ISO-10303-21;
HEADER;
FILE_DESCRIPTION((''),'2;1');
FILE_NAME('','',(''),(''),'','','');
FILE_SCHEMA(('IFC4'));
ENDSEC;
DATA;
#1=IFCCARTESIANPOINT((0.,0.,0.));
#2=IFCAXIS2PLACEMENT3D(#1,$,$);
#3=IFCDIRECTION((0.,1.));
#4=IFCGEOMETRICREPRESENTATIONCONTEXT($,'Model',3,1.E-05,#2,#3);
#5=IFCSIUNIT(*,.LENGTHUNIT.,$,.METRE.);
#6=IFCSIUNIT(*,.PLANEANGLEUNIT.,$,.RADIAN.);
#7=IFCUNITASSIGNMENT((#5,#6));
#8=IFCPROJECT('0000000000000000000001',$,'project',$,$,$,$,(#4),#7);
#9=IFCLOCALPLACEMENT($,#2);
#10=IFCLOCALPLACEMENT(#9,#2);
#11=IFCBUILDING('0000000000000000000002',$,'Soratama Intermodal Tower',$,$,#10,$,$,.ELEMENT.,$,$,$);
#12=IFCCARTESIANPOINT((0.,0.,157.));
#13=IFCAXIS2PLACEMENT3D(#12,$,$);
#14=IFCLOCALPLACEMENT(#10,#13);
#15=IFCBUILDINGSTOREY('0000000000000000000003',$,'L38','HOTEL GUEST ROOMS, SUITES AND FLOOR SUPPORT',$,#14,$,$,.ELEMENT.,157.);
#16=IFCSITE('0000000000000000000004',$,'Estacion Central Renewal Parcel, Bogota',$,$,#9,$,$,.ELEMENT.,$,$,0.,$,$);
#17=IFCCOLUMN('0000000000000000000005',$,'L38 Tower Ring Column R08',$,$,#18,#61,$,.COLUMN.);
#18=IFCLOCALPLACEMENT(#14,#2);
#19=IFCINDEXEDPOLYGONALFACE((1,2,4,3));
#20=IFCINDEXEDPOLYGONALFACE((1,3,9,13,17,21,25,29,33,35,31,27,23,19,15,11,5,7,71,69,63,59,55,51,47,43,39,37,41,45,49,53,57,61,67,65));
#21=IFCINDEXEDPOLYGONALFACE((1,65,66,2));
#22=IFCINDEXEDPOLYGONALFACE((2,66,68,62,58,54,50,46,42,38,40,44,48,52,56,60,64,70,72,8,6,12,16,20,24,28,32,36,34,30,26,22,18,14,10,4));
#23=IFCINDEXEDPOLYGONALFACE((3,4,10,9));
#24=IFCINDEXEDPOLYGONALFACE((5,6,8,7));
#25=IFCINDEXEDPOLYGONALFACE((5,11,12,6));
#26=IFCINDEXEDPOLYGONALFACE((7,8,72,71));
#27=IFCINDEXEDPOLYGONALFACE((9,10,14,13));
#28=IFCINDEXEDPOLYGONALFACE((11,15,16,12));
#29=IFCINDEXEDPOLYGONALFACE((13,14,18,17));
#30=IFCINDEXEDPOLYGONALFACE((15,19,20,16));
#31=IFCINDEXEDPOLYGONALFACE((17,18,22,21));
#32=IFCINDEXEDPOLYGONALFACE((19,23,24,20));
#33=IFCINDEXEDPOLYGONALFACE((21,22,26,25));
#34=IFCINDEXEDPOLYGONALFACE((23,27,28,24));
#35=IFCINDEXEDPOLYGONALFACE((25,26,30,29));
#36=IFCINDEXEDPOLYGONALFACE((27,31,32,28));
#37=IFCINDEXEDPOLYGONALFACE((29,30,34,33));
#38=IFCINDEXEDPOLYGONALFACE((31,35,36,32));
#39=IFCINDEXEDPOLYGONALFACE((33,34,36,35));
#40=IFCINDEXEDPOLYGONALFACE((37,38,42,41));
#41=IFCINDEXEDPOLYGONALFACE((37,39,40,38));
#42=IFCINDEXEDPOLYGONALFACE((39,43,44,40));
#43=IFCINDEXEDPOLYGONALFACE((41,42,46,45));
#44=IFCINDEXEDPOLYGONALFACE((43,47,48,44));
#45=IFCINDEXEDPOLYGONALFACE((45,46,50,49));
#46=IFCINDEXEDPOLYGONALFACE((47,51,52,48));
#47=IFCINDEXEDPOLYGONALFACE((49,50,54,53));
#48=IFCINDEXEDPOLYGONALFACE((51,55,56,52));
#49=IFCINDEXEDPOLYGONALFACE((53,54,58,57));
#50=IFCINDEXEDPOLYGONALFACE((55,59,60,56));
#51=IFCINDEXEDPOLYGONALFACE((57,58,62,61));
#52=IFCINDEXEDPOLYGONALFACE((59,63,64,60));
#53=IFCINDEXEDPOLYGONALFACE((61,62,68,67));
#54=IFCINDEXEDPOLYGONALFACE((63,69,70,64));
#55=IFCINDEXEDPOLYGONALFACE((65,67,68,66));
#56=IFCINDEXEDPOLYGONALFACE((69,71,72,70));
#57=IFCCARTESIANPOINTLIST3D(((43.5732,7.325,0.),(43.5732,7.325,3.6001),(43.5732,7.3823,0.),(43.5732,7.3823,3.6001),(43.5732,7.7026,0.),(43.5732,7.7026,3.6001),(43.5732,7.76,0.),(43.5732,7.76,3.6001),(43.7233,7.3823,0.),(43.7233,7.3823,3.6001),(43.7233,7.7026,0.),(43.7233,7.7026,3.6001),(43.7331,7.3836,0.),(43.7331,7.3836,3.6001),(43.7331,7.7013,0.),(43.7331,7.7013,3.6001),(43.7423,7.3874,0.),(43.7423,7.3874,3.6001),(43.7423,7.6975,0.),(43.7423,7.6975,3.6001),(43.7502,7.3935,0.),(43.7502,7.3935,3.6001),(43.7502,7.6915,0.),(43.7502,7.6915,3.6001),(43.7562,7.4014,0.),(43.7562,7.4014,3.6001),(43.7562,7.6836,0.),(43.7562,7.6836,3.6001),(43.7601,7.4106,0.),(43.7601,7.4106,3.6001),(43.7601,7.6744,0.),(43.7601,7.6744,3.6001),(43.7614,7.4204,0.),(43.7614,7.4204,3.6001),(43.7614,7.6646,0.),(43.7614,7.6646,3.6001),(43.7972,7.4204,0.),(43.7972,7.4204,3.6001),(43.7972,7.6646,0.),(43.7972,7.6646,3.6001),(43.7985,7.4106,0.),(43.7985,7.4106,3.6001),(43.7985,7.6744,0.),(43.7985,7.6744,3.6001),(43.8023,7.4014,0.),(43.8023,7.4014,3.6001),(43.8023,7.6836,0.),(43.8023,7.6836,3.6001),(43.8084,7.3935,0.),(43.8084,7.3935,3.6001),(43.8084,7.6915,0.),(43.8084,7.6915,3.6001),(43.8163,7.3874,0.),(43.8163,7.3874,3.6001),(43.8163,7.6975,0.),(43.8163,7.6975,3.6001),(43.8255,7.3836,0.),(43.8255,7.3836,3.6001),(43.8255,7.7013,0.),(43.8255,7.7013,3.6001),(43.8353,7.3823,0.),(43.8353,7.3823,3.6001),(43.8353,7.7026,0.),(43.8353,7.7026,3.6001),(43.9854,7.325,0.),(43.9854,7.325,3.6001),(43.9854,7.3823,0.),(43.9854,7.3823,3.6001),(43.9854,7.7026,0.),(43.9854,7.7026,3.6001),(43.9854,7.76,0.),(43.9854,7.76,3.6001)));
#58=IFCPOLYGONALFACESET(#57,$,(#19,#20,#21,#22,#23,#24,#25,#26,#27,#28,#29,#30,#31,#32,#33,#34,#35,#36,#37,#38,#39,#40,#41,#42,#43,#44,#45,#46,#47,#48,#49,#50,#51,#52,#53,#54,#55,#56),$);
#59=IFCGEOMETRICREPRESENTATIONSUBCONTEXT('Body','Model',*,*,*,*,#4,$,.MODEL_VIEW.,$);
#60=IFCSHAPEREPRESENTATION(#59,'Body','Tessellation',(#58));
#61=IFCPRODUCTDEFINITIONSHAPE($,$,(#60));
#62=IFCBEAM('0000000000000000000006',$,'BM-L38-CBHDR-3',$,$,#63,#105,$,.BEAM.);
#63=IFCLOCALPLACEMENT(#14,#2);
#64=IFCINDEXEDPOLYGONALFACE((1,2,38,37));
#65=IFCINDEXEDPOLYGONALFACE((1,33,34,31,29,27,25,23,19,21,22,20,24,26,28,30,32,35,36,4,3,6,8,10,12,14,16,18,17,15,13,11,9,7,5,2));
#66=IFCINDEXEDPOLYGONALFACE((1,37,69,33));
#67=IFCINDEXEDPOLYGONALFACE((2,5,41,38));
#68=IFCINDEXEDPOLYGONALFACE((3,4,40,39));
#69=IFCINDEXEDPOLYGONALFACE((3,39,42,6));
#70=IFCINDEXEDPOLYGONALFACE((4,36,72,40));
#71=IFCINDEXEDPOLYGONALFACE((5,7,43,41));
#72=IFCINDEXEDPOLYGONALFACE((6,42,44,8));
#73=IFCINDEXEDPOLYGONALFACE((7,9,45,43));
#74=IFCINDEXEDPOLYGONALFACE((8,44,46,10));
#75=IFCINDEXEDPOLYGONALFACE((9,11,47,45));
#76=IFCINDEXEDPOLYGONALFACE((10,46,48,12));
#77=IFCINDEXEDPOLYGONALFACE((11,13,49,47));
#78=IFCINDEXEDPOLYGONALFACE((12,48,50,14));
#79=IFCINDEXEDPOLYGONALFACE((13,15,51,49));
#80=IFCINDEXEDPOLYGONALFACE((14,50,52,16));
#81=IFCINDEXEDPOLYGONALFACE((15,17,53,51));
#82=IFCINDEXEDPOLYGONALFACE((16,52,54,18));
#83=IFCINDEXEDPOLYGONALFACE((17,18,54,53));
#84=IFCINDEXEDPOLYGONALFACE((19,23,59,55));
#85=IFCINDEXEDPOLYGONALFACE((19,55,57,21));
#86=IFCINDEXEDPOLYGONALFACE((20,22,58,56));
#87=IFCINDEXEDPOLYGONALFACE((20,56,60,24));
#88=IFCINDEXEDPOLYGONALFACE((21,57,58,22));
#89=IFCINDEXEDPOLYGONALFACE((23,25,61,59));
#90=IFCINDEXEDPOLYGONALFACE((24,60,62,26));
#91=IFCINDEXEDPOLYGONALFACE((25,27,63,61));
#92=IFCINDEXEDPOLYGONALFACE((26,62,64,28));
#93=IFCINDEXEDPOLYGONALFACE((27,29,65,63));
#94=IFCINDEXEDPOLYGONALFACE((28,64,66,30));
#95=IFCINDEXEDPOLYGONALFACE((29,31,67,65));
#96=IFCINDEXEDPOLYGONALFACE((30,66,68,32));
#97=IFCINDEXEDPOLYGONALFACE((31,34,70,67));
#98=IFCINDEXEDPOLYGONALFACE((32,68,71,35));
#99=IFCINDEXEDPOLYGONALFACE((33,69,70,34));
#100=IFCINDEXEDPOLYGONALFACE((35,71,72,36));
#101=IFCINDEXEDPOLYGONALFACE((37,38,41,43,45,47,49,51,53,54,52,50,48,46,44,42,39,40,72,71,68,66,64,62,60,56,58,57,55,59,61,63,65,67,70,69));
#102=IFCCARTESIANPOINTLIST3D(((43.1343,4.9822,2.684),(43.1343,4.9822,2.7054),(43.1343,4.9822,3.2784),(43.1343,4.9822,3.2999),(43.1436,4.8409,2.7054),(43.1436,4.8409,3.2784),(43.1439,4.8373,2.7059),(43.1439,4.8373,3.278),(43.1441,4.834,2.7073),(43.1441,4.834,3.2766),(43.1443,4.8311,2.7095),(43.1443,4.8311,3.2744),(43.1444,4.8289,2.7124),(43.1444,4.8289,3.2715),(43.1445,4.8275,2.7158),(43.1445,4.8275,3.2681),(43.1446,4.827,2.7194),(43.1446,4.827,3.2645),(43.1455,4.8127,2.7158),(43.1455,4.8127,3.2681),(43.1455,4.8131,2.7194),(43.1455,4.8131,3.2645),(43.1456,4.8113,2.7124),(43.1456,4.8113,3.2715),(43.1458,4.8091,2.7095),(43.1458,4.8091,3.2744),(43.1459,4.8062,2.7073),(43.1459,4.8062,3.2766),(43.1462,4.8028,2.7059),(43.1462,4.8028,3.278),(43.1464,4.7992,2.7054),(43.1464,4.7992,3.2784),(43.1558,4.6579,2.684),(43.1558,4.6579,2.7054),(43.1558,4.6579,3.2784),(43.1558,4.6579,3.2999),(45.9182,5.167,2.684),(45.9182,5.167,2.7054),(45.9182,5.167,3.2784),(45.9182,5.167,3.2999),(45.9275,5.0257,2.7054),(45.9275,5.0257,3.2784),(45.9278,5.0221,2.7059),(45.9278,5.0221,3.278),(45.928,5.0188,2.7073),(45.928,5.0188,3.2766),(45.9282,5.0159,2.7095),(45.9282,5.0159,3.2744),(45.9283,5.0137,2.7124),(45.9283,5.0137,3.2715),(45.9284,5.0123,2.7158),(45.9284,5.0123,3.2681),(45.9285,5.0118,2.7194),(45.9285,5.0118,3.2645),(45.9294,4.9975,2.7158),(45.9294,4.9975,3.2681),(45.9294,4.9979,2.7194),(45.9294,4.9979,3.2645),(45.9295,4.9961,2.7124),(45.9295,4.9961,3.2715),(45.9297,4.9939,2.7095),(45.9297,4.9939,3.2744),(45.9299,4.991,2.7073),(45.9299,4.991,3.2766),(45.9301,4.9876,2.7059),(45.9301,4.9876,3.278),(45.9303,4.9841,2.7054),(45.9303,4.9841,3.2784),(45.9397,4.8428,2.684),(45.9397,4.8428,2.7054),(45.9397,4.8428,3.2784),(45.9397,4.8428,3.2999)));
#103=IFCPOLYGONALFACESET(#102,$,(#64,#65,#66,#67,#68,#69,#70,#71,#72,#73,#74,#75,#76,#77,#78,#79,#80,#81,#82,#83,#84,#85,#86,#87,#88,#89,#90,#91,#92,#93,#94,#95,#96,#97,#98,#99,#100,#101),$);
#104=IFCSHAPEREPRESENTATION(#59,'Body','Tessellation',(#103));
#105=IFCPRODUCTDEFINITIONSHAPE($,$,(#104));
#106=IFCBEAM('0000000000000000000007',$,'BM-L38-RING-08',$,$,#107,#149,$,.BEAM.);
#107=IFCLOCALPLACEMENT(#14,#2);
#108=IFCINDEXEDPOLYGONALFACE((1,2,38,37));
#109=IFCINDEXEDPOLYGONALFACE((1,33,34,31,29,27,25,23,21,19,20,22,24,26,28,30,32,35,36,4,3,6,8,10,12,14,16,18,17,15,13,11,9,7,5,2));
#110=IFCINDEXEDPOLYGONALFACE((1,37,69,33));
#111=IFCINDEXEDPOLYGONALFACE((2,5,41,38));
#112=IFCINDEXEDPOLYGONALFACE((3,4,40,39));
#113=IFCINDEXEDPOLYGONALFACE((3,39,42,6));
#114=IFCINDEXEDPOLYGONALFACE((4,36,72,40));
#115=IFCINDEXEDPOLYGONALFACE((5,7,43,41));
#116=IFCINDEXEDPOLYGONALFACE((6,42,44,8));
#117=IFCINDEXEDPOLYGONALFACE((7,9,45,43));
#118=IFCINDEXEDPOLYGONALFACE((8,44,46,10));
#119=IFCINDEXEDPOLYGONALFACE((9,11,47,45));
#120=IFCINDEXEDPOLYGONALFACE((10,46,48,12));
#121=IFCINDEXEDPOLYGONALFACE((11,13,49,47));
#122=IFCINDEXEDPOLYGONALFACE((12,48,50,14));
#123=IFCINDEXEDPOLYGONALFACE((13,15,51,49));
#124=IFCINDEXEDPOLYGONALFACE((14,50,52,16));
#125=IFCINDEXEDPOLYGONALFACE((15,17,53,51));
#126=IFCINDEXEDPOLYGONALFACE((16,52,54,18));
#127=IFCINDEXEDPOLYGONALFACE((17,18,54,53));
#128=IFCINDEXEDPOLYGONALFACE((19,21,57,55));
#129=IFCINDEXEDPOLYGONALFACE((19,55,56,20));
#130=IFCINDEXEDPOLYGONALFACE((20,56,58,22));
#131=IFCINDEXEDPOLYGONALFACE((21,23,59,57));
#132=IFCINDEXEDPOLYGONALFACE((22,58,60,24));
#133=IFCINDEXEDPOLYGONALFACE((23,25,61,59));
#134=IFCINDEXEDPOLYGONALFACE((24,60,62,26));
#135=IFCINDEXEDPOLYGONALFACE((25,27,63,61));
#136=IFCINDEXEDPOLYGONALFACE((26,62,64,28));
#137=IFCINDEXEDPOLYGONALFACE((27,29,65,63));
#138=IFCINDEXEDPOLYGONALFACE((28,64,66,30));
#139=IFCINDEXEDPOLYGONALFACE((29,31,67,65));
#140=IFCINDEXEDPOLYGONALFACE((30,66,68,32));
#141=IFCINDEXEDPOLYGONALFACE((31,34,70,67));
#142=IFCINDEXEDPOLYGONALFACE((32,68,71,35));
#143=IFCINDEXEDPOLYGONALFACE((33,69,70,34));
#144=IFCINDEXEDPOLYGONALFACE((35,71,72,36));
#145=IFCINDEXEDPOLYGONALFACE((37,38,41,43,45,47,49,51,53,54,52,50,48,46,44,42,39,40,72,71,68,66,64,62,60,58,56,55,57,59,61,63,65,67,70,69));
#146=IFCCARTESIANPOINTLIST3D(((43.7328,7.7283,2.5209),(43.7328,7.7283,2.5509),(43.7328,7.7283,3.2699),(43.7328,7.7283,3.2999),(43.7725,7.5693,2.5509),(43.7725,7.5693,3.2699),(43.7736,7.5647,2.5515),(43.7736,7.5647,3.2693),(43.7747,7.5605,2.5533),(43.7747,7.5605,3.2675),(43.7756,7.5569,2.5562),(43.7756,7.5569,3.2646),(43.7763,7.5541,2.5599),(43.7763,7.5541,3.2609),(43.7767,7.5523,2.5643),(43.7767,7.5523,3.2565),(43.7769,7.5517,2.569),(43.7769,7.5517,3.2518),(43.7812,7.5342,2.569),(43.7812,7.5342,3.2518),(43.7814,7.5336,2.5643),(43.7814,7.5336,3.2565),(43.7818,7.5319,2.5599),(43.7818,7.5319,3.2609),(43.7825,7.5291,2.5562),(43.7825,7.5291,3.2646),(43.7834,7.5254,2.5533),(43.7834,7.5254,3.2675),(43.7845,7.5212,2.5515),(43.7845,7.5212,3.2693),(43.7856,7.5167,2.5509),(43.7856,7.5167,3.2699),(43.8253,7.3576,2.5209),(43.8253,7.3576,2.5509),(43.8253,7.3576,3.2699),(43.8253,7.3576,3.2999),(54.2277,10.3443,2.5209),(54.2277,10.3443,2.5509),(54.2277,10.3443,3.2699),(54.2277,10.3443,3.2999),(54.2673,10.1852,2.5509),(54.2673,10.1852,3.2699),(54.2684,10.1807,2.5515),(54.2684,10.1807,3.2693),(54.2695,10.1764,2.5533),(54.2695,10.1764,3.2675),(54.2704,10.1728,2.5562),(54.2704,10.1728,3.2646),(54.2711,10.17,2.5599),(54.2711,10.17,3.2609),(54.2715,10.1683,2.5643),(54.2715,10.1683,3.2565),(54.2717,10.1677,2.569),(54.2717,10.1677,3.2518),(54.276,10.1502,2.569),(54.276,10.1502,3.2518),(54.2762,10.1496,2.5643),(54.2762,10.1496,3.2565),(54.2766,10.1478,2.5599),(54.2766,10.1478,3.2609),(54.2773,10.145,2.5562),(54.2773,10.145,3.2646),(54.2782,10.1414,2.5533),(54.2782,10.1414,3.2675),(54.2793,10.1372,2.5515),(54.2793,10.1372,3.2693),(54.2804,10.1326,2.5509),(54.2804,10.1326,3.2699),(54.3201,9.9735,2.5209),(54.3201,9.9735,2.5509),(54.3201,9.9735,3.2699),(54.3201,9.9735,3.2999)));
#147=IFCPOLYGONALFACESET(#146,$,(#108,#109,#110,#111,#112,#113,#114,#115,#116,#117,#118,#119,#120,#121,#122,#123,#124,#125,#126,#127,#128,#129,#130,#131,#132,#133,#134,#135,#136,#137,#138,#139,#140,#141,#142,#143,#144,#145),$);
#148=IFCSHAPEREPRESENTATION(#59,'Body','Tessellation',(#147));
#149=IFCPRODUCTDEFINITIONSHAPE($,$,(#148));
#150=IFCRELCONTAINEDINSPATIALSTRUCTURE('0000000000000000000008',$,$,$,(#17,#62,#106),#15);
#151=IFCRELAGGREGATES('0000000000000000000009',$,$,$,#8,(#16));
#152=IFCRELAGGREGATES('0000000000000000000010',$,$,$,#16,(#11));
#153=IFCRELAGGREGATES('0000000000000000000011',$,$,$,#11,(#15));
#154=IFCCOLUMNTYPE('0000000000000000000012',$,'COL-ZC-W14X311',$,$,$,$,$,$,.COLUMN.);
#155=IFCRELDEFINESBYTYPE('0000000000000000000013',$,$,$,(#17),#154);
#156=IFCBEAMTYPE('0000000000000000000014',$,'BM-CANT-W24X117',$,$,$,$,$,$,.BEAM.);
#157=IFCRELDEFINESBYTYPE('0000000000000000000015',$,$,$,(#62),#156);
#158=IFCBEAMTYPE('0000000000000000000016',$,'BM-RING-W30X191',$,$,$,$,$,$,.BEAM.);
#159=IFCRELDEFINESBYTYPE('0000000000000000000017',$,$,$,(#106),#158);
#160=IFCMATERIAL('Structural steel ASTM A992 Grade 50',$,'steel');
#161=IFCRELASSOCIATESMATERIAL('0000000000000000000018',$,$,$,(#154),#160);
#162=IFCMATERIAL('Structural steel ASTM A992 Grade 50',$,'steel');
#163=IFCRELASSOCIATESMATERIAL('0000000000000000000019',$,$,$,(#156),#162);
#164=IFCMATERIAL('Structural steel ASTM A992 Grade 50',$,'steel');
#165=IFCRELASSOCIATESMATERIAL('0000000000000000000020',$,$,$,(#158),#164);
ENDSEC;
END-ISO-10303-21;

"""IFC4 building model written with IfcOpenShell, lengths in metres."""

from ifc_helpers import new_model, si_unit, direction, frame, origin, origin_2d, place, context, subcontext, project, spatial, i_section, extrude, material, material_profile, profile_set, type_object, element, save


model = new_model("IFC4")

# Units and contexts
model_context = context("Model", 3, precision=1e-05, world=origin(), true_north=direction((0.0, 1.0)))
body_context = subcontext(model_context, "Body", "Model", "MODEL_VIEW")
ifc_project = project(units=[si_unit("LENGTHUNIT", "METRE"), si_unit("PLANEANGLEUNIT", "RADIAN")], contexts=[model_context])

# Site, building, storey
site_placement = place(None, origin())
site = spatial("IfcSite", under=ifc_project, at=site_placement, Name="Estacion Central Renewal Parcel, Bogota", CompositionType="ELEMENT", RefElevation=0.0)
building_placement = place(site_placement, origin())
building = spatial("IfcBuilding", under=site, at=building_placement, Name="Soratama Intermodal Tower", CompositionType="ELEMENT")
storey_placement = place(building_placement, frame((0.0, 0.0, 157.0)))
storey = spatial("IfcBuildingStorey", under=building, at=storey_placement, Name="L38", Description="HOTEL GUEST ROOMS, SUITES AND FLOOR SUPPORT", CompositionType="ELEMENT", Elevation=157.0)

# Column
ifc_material_1 = material(Name="Structural steel ASTM A992 Grade 50", Category="steel")
ifc_material_profile_1 = material_profile(ifc_material_1, i_section(OverallWidth=0.4121, OverallDepth=0.4351, WebThickness=0.0359, FlangeThickness=0.0574, FilletRadius=0.0381, at=origin_2d()), Name="W14X311")
ifc_profile_set_1 = profile_set([ifc_material_profile_1], Name="Structural steel ASTM A992 Grade 50")
column_type = type_object("IfcColumnType", Name="COL-ZC-W14X311", PredefinedType="COLUMN", material=ifc_profile_set_1)
column_placement = place(storey_placement, frame((43.7793, 7.5425, 0.0), z_axis=(0.0, 0.0, 1.0), x_axis=(1.0, 0.0, 0.0)))
element("IfcColumn", 1, at=column_placement, inside=storey, type_object=column_type, Name="L38 Tower Ring Column R08", PredefinedType="COLUMN", context=body_context, shape_type="SweptSolid", body=[
    extrude(i_section(OverallWidth=0.4121, OverallDepth=0.4351, WebThickness=0.0359, FlangeThickness=0.0574, FilletRadius=0.0381, at=origin_2d()), origin(), (0.0, 0.0, 1.0), 3.6001),
])

# Beams
ifc_material_2 = material(Name="Structural steel ASTM A992 Grade 50", Category="steel")
ifc_material_profile_2 = material_profile(ifc_material_2, i_section(OverallWidth=0.325, OverallDepth=0.616, WebThickness=0.0139, FlangeThickness=0.0215, FilletRadius=0.0139, at=origin_2d()), Name="W24X117")
ifc_profile_set_2 = profile_set([ifc_material_profile_2], Name="Structural steel ASTM A992 Grade 50")
beam_type_1 = type_object("IfcBeamType", Name="BM-CANT-W24X117", PredefinedType="BEAM", material=ifc_profile_set_2)
beam_1_placement = place(storey_placement, frame((43.145, 4.8201, 2.9919), z_axis=(0.997804, 0.06624, 0.0), x_axis=(-0.06624, 0.997804, 0.0)))
element("IfcBeam", 2, at=beam_1_placement, inside=storey, type_object=beam_type_1, Name="BM-L38-CBHDR-3", PredefinedType="BEAM", context=body_context, shape_type="SweptSolid", body=[
    extrude(i_section(OverallWidth=0.325, OverallDepth=0.616, WebThickness=0.0139, FlangeThickness=0.0215, FilletRadius=0.0139, at=origin_2d()), origin(), (0.0, 0.0, 1.0), 2.79),
])
ifc_material_3 = material(Name="Structural steel ASTM A992 Grade 50", Category="steel")
ifc_material_profile_3 = material_profile(ifc_material_3, i_section(OverallWidth=0.3821, OverallDepth=0.7791, WebThickness=0.0181, FlangeThickness=0.03, FilletRadius=0.0181, at=origin_2d()), Name="W30X191")
ifc_profile_set_3 = profile_set([ifc_material_profile_3], Name="Structural steel ASTM A992 Grade 50")
beam_type_2 = type_object("IfcBeamType", Name="BM-RING-W30X191", PredefinedType="BEAM", material=ifc_profile_set_3)
beam_2_placement = place(storey_placement, frame((43.7791, 7.543, 2.9104), z_axis=(0.970311, 0.241861, 0.0), x_axis=(-0.241861, 0.970311, 0.0)))
element("IfcBeam", 3, at=beam_2_placement, inside=storey, type_object=beam_type_2, Name="BM-L38-RING-08", PredefinedType="BEAM", context=body_context, shape_type="SweptSolid", body=[
    extrude(i_section(OverallWidth=0.3821, OverallDepth=0.7791, WebThickness=0.0181, FlangeThickness=0.03, FilletRadius=0.0181, at=origin_2d()), origin(), (0.0, 0.0, 1.0), 10.8159),
])

save(model, "model.ifc")
